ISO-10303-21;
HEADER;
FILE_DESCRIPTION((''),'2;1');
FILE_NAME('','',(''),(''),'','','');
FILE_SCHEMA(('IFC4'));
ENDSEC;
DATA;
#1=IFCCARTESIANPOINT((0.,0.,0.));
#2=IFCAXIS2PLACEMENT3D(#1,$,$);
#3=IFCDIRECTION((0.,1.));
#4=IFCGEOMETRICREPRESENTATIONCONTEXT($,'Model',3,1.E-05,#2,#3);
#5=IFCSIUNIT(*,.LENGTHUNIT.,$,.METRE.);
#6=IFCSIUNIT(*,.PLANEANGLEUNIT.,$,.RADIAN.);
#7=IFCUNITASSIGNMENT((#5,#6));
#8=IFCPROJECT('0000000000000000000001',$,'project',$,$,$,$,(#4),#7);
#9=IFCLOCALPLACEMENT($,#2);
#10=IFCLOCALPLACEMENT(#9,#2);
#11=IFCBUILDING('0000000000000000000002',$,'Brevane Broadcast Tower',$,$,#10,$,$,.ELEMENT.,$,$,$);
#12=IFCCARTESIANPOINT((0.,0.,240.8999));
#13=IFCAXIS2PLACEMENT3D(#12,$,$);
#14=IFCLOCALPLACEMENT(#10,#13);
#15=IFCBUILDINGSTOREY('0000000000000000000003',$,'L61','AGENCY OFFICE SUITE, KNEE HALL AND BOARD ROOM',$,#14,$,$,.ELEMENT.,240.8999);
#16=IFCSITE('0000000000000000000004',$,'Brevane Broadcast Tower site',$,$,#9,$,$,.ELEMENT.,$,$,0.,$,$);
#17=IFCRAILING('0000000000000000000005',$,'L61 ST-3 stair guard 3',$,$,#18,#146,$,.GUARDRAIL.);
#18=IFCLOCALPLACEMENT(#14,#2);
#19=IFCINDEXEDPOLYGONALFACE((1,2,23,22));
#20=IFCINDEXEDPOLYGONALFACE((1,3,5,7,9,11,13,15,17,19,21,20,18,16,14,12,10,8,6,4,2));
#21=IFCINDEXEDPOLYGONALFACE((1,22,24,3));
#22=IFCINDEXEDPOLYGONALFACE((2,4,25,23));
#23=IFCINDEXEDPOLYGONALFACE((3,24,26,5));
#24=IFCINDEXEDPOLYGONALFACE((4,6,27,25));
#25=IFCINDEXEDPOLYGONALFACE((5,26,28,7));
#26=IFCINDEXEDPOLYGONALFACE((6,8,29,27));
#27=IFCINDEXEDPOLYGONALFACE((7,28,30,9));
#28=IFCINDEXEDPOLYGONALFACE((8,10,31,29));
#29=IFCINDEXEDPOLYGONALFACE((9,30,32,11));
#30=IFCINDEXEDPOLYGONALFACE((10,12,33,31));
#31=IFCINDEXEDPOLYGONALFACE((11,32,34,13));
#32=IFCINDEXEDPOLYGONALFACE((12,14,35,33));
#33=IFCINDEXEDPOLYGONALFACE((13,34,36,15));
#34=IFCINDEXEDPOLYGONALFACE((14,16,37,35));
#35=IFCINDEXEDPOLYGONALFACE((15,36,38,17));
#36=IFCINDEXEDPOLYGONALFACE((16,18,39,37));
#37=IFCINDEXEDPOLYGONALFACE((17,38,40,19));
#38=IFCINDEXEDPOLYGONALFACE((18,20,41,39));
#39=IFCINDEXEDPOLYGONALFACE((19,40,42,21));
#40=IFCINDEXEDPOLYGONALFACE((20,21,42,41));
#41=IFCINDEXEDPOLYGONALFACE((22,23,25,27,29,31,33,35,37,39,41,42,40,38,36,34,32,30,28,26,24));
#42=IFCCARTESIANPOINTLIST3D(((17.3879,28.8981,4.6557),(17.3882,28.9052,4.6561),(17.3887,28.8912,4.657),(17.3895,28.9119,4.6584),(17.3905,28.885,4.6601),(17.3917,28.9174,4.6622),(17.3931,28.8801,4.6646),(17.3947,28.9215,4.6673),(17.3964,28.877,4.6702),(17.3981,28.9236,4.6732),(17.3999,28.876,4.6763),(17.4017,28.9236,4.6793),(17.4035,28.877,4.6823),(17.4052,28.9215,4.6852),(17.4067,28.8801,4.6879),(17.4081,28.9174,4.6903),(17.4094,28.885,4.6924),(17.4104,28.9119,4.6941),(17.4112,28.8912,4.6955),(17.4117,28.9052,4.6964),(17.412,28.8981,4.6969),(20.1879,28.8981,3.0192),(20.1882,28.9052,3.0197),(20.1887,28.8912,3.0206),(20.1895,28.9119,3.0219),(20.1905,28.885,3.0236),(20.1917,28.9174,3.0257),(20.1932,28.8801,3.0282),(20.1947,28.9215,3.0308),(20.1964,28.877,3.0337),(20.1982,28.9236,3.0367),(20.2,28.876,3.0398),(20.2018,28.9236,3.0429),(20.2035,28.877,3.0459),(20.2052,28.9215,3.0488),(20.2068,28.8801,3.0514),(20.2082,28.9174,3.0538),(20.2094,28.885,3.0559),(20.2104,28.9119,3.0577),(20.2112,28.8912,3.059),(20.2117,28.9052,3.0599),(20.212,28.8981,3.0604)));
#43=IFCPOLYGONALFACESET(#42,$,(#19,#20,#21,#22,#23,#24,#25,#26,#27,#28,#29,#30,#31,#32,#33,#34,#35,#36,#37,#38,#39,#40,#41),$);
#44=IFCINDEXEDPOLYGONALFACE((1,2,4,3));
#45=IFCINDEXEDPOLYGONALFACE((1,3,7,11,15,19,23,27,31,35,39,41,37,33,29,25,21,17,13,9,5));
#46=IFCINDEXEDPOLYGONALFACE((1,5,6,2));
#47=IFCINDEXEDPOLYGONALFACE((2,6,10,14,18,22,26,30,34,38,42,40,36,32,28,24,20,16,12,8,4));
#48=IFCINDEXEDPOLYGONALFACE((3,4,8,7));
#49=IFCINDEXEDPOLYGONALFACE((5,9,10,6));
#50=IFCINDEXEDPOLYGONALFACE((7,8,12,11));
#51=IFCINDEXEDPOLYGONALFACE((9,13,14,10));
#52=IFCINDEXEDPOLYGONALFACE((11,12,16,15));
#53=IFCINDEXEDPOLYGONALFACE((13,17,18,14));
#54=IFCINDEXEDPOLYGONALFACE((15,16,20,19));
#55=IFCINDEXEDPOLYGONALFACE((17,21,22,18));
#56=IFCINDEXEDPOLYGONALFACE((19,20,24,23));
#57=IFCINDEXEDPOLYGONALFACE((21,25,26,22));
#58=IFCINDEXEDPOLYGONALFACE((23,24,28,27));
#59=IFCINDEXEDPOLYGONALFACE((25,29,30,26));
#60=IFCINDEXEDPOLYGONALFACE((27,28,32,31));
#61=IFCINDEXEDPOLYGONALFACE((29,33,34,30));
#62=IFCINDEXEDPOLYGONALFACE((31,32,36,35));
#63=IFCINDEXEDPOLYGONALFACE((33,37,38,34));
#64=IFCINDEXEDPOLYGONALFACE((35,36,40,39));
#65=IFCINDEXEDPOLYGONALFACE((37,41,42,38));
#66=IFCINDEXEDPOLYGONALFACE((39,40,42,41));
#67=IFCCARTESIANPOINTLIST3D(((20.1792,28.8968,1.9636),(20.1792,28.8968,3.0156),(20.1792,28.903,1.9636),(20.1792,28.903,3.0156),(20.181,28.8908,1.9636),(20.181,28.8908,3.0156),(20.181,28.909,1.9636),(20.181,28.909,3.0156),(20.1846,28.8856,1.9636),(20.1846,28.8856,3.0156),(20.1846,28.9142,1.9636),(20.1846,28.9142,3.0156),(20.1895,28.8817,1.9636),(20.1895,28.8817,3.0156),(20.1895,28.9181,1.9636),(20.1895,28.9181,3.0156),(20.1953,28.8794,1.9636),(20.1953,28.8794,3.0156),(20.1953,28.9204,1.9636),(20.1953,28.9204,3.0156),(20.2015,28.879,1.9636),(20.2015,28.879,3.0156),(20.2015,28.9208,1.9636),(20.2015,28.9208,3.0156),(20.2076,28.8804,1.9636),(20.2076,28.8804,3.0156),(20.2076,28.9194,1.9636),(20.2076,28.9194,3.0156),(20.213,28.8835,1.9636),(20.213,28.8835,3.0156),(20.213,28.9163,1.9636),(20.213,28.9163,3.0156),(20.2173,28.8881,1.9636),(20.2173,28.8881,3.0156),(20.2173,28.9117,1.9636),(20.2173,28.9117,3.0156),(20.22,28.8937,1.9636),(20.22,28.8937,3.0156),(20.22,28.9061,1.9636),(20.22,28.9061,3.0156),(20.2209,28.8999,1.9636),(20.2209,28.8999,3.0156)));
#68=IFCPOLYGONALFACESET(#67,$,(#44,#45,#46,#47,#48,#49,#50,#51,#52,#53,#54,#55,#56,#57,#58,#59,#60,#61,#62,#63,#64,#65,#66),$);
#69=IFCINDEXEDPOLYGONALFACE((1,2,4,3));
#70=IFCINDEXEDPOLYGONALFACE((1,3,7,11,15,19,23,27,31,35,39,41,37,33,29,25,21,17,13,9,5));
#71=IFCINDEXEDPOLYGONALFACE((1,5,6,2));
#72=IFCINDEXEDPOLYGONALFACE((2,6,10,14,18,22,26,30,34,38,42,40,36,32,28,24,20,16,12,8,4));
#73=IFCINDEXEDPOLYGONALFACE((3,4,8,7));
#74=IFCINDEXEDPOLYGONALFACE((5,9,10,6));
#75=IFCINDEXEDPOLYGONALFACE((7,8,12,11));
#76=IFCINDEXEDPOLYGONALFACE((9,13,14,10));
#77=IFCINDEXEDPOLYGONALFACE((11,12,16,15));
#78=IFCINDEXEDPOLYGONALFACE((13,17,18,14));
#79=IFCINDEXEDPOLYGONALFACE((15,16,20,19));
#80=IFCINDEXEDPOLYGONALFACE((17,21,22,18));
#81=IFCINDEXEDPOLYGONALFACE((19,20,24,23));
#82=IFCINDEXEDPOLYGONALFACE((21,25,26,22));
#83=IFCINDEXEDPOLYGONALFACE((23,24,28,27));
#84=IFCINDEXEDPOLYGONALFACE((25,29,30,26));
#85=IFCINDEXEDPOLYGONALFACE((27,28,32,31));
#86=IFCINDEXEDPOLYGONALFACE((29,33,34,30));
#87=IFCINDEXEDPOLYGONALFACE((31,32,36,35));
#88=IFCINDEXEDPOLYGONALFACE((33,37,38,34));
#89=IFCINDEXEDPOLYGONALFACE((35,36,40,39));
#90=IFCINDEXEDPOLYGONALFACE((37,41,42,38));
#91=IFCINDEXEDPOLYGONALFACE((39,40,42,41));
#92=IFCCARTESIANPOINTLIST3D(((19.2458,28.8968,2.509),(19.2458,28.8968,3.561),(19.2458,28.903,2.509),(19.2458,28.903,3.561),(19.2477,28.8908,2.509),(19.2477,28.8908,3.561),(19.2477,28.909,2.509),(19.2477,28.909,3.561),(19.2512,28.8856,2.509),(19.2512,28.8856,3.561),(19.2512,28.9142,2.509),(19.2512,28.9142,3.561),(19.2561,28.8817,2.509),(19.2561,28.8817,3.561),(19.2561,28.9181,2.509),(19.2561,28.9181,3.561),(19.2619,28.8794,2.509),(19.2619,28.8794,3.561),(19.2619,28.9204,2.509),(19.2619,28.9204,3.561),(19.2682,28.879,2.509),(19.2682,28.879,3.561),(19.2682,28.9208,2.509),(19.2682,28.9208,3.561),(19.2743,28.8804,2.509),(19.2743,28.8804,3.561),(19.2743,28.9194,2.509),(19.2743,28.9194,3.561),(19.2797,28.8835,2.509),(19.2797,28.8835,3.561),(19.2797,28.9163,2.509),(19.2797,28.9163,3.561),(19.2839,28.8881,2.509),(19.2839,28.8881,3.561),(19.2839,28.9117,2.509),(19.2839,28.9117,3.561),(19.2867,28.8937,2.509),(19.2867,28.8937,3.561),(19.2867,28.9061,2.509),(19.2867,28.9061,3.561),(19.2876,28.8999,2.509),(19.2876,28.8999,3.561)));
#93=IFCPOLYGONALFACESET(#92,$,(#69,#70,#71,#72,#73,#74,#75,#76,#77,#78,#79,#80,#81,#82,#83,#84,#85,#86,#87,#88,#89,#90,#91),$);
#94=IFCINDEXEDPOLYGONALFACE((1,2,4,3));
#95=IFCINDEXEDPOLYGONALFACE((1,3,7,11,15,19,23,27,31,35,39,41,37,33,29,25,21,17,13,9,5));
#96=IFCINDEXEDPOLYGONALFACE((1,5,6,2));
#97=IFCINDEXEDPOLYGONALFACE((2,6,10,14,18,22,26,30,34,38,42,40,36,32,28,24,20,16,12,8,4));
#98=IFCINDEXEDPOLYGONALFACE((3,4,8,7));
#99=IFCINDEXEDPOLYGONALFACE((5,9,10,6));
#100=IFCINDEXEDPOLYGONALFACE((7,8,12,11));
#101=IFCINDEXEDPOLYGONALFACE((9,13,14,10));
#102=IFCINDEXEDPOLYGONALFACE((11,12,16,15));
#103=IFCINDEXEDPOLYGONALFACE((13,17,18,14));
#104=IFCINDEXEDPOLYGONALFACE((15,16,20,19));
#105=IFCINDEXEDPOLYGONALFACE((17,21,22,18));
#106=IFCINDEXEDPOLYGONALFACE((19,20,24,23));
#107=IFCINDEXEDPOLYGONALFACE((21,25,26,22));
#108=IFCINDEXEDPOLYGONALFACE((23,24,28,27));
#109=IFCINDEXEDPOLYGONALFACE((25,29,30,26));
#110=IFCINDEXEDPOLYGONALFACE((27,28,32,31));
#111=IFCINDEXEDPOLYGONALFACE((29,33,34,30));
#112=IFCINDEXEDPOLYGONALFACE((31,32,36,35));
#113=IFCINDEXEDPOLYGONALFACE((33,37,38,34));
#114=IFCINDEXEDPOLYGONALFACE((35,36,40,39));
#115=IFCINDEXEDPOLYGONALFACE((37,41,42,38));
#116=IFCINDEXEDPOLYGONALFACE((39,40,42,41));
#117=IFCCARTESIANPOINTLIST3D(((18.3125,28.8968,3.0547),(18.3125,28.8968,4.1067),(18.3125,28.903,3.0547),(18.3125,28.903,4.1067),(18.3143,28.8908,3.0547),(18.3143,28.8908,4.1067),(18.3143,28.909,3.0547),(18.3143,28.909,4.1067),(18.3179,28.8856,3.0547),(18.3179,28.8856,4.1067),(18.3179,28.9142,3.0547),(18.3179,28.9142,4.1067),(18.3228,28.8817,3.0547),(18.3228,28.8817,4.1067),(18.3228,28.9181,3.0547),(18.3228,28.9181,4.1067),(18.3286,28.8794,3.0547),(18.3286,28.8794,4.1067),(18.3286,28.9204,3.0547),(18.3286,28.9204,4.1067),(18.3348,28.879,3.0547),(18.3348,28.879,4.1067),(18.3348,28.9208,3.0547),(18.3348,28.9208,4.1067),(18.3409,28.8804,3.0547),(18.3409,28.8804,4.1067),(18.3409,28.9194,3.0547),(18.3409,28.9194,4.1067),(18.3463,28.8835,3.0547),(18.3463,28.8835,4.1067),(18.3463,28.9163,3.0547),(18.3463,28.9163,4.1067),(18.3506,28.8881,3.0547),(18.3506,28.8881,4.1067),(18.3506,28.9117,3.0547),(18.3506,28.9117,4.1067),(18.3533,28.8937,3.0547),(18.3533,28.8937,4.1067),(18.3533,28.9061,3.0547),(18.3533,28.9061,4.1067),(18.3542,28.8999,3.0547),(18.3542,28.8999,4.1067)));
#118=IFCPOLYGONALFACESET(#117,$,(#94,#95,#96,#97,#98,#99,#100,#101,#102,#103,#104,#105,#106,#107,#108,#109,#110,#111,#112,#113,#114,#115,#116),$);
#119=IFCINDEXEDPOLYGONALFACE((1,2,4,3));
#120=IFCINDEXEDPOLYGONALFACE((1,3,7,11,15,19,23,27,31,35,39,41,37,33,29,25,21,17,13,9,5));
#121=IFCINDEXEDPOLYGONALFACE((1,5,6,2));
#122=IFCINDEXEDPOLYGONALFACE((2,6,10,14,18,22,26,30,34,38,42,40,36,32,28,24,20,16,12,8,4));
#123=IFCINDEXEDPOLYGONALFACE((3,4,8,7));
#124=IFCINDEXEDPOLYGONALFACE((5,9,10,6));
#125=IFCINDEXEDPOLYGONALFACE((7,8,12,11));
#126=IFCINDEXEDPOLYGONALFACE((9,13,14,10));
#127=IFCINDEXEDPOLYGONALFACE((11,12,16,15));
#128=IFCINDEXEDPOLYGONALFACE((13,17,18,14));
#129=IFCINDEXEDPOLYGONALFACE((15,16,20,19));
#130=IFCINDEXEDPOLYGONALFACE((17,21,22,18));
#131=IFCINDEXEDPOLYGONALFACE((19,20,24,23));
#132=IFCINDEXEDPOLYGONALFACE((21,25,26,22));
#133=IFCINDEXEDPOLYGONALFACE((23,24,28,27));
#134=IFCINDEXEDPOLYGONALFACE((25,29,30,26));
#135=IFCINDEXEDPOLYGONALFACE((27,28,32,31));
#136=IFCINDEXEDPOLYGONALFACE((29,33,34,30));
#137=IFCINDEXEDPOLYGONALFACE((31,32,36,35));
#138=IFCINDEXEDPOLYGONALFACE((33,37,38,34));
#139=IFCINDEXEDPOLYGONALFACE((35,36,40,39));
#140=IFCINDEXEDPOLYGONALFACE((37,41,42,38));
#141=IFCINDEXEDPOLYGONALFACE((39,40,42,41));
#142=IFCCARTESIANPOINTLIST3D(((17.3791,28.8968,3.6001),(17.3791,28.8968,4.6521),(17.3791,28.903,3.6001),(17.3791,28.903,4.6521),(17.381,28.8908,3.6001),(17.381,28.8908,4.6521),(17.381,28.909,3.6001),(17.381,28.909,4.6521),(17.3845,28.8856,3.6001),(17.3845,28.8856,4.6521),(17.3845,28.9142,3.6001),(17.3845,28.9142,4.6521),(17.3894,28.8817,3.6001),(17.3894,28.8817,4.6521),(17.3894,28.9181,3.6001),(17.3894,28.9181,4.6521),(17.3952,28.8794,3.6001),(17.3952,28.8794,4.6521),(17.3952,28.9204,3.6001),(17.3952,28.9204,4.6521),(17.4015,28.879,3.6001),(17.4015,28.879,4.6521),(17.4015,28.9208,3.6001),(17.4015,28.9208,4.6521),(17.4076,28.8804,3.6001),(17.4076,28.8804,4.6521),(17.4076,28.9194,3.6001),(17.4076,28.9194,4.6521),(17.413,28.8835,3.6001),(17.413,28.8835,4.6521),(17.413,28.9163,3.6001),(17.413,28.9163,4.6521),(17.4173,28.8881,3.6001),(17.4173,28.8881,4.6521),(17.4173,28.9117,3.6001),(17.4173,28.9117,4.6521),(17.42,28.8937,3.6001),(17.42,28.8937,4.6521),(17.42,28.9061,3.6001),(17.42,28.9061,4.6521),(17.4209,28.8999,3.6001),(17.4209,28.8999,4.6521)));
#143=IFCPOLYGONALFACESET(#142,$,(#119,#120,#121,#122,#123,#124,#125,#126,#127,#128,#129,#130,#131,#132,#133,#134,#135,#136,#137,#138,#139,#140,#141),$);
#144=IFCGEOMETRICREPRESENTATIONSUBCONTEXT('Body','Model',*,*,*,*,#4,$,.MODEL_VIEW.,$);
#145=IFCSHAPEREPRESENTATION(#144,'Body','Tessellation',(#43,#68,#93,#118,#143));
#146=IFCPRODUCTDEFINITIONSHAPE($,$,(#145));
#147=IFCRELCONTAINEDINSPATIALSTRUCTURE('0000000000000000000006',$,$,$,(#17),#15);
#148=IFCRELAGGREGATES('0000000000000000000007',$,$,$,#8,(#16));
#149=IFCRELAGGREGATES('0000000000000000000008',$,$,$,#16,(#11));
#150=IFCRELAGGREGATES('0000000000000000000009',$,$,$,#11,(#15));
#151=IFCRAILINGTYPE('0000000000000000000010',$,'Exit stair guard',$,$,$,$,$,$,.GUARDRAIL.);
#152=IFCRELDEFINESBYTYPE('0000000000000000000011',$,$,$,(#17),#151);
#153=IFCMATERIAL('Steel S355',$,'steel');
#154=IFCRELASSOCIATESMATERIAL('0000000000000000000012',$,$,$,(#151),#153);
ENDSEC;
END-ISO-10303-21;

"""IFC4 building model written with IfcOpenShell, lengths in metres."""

from ifc_helpers import new_model, si_unit, direction, frame, origin, origin_2d, place, context, subcontext, project, spatial, circle, extrude, material, type_object, element, save


model = new_model("IFC4")

# Units and contexts
model_context = context("Model", 3, precision=1e-05, world=origin(), true_north=direction((0.0, 1.0)))
body_context = subcontext(model_context, "Body", "Model", "MODEL_VIEW")
ifc_project = project(units=[si_unit("LENGTHUNIT", "METRE"), si_unit("PLANEANGLEUNIT", "RADIAN")], contexts=[model_context])

# Site, building, storey
site_placement = place(None, origin())
site = spatial("IfcSite", under=ifc_project, at=site_placement, Name="Brevane Broadcast Tower site", CompositionType="ELEMENT", RefElevation=0.0)
building_placement = place(site_placement, origin())
building = spatial("IfcBuilding", under=site, at=building_placement, Name="Brevane Broadcast Tower", CompositionType="ELEMENT")
storey_placement = place(building_placement, frame((0.0, 0.0, 240.8999)))
storey = spatial("IfcBuildingStorey", under=building, at=storey_placement, Name="L61", Description="AGENCY OFFICE SUITE, KNEE HALL AND BOARD ROOM", CompositionType="ELEMENT", Elevation=240.8999)

# Railing
ifc_material_1 = material(Name="Steel S355", Category="steel")
railing_type_1 = type_object("IfcRailingType", Name="Exit stair guard", PredefinedType="GUARDRAIL", material=ifc_material_1)
railing_1_placement = place(storey_placement, frame((20.2, 28.8999, 1.9636)))
element("IfcRailing", 1, at=railing_1_placement, inside=storey, type_object=railing_type_1, Name="L61 ST-3 stair guard 3", PredefinedType="GUARDRAIL", context=body_context, shape_type="SweptSolid", body=[
    extrude(circle(Radius=0.0239, at=origin_2d()), frame((0.0, 0.0, 1.0762), z_axis=(-0.863361, 0.0, 0.504587), x_axis=(0.0, -1.0, 0.0)), (0.0, 0.0, 1.0), 3.2432),
    extrude(circle(Radius=0.021, at=origin_2d()), origin(), (0.0, 0.0, 1.0), 1.052),
    extrude(circle(Radius=0.021, at=origin_2d()), frame((-0.9333, 0.0, 0.5454)), (0.0, 0.0, 1.0), 1.052),
    extrude(circle(Radius=0.021, at=origin_2d()), frame((-1.8667, 0.0, 1.0911)), (0.0, 0.0, 1.0), 1.052),
    extrude(circle(Radius=0.021, at=origin_2d()), frame((-2.8, 0.0, 1.6365)), (0.0, 0.0, 1.0), 1.052),
])

save(model, "model.ifc")
